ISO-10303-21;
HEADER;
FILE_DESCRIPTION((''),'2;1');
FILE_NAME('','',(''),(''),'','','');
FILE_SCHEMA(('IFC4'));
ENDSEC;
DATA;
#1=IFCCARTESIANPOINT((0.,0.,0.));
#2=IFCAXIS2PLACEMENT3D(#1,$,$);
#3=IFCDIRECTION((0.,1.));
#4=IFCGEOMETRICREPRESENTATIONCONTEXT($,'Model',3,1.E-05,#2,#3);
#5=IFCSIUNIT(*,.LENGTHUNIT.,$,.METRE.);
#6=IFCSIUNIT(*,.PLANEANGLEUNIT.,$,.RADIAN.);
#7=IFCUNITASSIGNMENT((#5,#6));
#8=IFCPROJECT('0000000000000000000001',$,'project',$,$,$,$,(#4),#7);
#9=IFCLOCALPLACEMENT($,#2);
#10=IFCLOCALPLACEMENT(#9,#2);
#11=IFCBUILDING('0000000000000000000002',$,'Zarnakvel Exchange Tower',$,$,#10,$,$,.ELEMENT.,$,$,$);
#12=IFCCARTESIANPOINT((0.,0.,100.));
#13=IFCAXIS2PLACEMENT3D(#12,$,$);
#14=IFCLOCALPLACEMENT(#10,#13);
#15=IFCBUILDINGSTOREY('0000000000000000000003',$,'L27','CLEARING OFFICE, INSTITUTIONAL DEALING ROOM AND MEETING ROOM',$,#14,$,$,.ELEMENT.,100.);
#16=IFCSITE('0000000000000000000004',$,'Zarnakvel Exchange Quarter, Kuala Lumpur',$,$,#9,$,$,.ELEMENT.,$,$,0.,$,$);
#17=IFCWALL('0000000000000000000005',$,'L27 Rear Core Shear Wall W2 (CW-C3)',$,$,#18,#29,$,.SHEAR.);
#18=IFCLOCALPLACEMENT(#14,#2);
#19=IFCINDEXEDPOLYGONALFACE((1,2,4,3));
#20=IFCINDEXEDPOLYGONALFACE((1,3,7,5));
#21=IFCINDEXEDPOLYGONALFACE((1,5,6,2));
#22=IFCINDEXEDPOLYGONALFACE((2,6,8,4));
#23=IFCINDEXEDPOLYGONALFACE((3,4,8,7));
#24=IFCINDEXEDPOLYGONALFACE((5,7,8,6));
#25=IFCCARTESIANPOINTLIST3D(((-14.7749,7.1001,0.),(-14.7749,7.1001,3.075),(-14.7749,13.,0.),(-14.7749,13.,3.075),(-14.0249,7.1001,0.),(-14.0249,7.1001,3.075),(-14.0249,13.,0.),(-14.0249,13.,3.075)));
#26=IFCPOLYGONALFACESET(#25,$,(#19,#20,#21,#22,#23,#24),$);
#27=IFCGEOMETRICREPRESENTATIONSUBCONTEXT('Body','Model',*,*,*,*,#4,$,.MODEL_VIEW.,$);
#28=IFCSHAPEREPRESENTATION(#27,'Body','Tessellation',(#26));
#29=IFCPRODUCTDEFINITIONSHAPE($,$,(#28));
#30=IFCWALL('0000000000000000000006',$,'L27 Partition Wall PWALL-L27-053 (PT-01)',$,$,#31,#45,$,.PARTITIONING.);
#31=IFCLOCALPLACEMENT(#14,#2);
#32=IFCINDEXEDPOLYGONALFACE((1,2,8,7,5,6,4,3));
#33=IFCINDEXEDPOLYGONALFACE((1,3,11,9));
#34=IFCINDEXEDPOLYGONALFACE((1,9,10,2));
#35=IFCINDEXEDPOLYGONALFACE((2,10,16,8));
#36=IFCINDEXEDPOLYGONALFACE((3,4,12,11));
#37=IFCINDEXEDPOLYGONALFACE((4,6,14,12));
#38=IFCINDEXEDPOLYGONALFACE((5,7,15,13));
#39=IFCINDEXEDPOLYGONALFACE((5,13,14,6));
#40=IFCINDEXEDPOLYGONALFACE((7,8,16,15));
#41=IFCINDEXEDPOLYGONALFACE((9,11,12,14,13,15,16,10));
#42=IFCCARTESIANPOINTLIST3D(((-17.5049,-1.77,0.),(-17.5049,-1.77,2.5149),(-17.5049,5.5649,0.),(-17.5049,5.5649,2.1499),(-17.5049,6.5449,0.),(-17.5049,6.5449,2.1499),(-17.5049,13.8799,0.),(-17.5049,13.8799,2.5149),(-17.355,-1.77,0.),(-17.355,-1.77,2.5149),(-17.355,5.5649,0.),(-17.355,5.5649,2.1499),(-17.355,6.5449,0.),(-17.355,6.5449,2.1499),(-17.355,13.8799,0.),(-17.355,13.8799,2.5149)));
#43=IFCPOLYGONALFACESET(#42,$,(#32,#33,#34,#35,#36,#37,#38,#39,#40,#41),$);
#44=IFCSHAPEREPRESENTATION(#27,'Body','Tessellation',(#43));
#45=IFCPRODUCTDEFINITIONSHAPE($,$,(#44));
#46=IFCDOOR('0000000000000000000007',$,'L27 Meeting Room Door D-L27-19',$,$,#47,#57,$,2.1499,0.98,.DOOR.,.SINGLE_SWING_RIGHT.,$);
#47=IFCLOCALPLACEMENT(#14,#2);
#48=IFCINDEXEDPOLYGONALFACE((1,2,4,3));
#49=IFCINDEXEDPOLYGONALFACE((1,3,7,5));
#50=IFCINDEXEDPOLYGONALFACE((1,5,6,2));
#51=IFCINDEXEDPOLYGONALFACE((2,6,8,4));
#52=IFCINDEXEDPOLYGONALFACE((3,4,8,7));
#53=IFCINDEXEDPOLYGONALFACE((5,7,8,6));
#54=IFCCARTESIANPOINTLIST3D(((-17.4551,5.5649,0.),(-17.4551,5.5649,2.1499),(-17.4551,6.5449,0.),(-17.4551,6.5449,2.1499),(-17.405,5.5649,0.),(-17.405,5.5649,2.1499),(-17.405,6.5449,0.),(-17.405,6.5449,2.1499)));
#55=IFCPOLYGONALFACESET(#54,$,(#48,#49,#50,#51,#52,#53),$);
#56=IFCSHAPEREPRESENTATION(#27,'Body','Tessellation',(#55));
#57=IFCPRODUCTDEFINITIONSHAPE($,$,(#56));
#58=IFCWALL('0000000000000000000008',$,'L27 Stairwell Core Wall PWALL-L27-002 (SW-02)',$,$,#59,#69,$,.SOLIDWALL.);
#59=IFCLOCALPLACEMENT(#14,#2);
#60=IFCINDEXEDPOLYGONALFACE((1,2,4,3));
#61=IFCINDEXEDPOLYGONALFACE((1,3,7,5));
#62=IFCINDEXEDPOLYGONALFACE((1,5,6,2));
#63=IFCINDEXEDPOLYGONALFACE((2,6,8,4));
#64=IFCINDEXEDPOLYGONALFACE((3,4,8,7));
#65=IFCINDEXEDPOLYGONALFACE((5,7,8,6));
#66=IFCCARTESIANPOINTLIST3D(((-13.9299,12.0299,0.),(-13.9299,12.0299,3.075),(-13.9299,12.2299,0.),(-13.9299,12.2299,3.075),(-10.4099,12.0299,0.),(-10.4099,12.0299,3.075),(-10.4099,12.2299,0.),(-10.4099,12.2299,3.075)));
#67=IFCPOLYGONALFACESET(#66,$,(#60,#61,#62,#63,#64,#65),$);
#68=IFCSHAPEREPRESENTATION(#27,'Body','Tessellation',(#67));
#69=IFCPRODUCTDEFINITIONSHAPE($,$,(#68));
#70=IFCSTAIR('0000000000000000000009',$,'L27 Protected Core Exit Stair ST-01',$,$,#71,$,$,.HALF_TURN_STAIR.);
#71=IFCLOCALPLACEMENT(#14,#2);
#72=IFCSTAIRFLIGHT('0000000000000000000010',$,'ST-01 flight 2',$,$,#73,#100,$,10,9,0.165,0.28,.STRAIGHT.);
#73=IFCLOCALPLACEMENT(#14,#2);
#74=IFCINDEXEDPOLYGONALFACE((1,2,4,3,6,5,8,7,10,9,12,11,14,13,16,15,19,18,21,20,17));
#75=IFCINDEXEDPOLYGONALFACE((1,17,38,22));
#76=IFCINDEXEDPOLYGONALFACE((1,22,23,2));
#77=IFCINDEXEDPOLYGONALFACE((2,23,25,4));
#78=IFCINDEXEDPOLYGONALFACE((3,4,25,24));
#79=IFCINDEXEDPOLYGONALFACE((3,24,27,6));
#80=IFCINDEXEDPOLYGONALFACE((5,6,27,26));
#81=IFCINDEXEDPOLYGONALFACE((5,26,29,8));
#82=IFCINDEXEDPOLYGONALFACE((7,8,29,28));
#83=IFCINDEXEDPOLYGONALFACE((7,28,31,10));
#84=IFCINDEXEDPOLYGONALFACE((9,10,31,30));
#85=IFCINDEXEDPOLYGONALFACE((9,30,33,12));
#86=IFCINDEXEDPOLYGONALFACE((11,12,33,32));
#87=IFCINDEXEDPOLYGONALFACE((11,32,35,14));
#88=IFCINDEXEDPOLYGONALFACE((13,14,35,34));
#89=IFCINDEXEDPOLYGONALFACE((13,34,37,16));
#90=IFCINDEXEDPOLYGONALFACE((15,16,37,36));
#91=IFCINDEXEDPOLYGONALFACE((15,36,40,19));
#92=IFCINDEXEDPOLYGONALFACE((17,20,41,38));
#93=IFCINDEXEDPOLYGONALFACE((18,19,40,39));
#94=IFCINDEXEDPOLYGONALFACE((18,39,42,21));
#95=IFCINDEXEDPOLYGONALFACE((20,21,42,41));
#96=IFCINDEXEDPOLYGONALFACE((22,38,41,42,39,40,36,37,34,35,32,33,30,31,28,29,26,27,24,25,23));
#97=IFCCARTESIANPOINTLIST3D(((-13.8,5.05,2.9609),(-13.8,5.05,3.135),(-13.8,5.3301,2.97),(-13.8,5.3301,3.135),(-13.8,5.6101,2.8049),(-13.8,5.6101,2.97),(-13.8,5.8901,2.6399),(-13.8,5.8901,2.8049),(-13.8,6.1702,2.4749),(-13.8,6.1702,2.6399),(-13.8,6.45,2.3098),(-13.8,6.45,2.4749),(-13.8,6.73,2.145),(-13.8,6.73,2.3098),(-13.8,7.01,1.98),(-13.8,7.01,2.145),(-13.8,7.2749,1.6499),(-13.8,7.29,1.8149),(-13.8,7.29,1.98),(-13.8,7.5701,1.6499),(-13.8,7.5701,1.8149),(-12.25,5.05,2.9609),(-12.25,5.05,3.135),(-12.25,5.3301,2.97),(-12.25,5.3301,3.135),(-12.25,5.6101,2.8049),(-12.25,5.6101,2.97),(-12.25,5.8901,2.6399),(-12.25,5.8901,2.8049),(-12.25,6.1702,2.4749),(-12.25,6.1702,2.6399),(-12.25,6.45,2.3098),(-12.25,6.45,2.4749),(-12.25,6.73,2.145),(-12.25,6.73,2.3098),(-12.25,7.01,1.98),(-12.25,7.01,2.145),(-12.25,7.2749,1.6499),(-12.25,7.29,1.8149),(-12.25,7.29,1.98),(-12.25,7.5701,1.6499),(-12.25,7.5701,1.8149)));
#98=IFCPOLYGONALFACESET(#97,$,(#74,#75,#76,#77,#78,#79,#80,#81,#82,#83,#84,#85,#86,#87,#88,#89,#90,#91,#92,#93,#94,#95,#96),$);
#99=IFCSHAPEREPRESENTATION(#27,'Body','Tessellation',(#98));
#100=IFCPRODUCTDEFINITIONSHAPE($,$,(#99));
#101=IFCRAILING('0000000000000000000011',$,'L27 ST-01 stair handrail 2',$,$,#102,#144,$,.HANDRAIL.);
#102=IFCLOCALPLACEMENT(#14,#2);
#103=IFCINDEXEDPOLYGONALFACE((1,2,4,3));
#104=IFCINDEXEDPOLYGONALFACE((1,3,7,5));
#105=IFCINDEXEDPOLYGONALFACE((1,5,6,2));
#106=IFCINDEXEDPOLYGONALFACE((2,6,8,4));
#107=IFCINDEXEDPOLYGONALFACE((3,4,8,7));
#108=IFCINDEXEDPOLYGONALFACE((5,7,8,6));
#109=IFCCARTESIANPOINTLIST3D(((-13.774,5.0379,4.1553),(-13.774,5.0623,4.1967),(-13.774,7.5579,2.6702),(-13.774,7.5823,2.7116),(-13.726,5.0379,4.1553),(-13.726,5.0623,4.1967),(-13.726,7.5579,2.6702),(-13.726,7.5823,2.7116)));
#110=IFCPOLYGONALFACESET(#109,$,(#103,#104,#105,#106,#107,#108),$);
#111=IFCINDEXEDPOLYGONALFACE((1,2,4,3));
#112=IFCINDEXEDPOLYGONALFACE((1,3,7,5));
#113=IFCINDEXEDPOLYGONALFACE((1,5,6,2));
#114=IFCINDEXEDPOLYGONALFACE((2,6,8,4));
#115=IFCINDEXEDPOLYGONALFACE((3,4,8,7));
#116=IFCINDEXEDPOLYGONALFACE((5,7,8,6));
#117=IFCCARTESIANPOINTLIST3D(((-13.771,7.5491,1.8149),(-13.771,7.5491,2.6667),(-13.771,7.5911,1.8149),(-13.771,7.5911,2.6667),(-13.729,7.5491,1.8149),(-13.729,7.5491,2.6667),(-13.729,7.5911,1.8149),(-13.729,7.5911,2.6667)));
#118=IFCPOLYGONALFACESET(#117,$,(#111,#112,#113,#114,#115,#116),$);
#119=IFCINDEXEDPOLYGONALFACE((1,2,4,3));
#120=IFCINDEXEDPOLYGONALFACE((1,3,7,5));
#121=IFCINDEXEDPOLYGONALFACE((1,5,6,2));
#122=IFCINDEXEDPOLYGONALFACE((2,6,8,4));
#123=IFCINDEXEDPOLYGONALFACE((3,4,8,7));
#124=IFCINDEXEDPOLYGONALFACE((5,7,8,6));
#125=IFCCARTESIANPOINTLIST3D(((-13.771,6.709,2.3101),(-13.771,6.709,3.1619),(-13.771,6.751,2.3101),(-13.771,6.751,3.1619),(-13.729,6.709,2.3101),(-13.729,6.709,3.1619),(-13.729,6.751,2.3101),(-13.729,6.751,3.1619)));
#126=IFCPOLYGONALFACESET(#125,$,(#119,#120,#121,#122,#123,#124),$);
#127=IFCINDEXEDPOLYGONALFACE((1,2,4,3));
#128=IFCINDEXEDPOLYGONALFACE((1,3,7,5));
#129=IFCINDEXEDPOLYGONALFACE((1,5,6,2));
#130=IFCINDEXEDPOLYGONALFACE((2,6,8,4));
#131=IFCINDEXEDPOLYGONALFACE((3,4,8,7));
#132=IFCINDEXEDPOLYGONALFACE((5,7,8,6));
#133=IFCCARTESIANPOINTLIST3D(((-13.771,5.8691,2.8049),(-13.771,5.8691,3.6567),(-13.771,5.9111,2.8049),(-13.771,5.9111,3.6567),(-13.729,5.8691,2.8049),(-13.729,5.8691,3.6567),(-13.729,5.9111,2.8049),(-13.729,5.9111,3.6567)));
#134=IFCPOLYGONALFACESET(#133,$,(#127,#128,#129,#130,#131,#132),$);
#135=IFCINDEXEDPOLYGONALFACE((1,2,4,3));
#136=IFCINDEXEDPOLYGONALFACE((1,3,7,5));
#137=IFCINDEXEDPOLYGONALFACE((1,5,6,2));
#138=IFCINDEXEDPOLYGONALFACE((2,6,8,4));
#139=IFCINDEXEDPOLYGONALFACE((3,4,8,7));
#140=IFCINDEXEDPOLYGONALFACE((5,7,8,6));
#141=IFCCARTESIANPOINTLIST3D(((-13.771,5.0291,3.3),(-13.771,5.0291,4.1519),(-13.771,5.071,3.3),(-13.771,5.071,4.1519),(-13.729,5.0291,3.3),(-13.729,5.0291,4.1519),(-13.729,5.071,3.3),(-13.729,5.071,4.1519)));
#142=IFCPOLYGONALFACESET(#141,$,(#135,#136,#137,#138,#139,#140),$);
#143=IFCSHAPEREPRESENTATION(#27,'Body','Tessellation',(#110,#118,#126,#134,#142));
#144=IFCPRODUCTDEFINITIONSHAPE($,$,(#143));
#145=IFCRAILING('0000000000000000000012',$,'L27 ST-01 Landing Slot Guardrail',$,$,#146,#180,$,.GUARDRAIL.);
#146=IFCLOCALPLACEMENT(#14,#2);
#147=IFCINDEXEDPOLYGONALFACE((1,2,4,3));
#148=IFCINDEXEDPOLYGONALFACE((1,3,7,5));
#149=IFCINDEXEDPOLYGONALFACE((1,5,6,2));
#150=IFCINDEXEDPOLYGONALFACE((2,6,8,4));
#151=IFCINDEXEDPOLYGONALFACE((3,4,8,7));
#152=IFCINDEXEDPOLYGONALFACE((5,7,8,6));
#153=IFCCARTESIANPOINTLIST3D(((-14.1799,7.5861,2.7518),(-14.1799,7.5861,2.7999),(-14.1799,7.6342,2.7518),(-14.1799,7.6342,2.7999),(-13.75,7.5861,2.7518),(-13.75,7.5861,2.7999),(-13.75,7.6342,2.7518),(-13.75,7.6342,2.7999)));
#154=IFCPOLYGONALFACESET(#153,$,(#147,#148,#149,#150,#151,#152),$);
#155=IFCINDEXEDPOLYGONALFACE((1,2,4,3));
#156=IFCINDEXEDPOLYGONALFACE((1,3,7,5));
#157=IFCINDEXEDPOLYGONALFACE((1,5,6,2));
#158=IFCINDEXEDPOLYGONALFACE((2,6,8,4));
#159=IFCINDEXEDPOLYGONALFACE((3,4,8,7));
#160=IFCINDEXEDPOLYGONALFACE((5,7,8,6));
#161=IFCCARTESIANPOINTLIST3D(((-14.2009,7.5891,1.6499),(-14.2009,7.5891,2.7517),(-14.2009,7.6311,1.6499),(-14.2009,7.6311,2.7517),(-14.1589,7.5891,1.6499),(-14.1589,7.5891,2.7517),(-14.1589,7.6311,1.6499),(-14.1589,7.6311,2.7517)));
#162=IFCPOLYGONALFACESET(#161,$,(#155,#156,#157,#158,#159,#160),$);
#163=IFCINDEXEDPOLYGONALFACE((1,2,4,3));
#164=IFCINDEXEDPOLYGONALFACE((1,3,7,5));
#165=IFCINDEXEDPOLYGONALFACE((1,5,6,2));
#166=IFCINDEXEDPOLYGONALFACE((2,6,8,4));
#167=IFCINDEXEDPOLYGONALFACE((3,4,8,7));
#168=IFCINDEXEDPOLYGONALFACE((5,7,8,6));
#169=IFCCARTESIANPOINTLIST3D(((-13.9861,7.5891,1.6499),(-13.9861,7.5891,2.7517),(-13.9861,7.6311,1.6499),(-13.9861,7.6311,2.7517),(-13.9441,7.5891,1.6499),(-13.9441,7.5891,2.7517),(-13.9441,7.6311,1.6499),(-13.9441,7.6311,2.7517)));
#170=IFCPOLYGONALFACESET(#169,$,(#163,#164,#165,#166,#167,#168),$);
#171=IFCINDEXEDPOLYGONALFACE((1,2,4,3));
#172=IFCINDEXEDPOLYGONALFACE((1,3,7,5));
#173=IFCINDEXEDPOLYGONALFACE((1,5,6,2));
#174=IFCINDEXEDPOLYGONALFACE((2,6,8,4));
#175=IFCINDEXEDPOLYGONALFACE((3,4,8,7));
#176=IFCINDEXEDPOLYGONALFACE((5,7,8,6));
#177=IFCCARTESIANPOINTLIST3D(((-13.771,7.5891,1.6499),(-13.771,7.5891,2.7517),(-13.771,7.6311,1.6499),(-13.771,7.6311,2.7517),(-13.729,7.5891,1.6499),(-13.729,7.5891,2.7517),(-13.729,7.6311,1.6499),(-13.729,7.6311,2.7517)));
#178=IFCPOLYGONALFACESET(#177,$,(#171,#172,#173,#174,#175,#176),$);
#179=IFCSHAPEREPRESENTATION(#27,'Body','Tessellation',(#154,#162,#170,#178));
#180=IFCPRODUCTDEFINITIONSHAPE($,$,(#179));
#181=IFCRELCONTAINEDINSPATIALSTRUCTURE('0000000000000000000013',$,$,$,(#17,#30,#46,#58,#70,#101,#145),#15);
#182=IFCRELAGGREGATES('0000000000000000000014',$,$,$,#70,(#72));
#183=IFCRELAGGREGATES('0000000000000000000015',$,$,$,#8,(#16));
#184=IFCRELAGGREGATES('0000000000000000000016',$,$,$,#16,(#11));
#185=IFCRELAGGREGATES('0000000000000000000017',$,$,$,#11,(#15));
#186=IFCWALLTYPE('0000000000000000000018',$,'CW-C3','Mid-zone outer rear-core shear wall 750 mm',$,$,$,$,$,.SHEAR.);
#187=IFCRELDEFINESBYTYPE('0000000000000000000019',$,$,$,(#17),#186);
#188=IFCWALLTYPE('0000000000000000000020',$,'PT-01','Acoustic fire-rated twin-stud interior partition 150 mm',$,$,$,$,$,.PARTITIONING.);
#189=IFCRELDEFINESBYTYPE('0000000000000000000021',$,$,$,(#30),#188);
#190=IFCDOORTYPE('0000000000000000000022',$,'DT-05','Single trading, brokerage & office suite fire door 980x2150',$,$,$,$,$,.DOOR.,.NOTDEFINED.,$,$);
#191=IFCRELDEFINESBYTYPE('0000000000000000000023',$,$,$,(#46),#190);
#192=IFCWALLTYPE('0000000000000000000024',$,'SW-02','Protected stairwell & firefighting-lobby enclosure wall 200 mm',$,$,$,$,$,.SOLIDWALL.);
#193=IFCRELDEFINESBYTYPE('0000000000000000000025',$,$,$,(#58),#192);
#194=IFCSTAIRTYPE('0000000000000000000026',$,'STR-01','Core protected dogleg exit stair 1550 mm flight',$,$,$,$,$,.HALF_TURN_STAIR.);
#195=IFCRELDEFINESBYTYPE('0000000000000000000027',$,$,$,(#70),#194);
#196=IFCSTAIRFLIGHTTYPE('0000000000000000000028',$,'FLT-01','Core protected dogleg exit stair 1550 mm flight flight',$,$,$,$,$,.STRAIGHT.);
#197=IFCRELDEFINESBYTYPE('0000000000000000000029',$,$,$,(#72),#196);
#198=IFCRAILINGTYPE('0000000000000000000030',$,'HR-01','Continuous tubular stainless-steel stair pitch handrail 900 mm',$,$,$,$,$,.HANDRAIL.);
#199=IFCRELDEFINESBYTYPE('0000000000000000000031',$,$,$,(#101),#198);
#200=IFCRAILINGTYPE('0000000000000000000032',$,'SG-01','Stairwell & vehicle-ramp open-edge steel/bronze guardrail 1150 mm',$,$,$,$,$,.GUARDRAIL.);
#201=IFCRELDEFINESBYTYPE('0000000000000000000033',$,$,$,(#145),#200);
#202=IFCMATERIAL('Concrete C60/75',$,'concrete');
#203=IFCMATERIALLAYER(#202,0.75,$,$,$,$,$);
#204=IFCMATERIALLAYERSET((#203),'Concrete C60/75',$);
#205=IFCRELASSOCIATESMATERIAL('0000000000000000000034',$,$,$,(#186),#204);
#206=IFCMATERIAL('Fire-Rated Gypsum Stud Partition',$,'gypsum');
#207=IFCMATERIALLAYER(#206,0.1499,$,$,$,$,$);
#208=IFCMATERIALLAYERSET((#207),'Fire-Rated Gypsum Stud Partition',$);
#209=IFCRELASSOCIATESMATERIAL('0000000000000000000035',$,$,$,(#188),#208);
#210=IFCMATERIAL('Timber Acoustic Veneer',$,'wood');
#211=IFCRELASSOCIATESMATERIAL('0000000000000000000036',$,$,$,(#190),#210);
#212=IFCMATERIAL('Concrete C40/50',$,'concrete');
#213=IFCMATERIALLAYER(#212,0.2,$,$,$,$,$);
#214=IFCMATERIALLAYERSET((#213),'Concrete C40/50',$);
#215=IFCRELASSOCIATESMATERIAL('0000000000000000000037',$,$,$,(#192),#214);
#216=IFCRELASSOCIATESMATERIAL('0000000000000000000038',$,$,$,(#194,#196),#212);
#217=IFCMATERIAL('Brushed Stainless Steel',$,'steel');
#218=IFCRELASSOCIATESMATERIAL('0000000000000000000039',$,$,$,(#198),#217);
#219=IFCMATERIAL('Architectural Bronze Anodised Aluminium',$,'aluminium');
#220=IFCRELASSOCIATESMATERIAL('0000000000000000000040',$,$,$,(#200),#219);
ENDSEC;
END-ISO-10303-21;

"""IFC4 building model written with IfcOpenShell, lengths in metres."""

from ifc_helpers import new_model, si_unit, direction, frame, frame_2d, origin, origin_2d, place, context, subcontext, project, spatial, polyline, rectangle, outline, extrude, source, transform, mapped, material, layer, layer_set, type_object, element, fill, aggregate, save


model = new_model("IFC4")

# Units and contexts
model_context = context("Model", 3, precision=1e-05, world=origin(), true_north=direction((0.0, 1.0)))
body_context = subcontext(model_context, "Body", "Model", "MODEL_VIEW")
ifc_project = project(units=[si_unit("LENGTHUNIT", "METRE"), si_unit("PLANEANGLEUNIT", "RADIAN")], contexts=[model_context])

# Site, building, storey
site_placement = place(None, origin())
site = spatial("IfcSite", under=ifc_project, at=site_placement, Name="Zarnakvel Exchange Quarter, Kuala Lumpur", CompositionType="ELEMENT", RefElevation=0.0)
building_placement = place(site_placement, origin())
building = spatial("IfcBuilding", under=site, at=building_placement, Name="Zarnakvel Exchange Tower", CompositionType="ELEMENT")
storey_placement = place(building_placement, frame((0.0, 0.0, 100.0)))
storey = spatial("IfcBuildingStorey", under=building, at=storey_placement, Name="L27", Description="CLEARING OFFICE, INSTITUTIONAL DEALING ROOM AND MEETING ROOM", CompositionType="ELEMENT", Elevation=100.0)

# Shared definitions
ifc_material_1 = material(Name="Concrete C60/75", Category="concrete")

# Shared definitions
ifc_material_2 = material(Name="Architectural Bronze Anodised Aluminium", Category="aluminium")

# Wall
ifc_layer_1 = layer(ifc_material_1, 0.75)
ifc_layer_set_1 = layer_set([ifc_layer_1], Name="Concrete C60/75")
wall_type_1 = type_object("IfcWallType", Name="CW-C3", Description="Mid-zone outer rear-core shear wall 750 mm", PredefinedType="SHEAR", material=ifc_layer_set_1)
wall_1_placement = place(storey_placement, frame((-14.3999, 7.1001, 0.0), z_axis=(0.0, 0.0, 1.0), x_axis=(0.0, 1.0, 0.0)))
element("IfcWall", 1, at=wall_1_placement, inside=storey, type_object=wall_type_1, Name="L27 Rear Core Shear Wall W2 (CW-C3)", PredefinedType="SHEAR", context=body_context, shape_type="SweptSolid", body=[
    extrude(rectangle(XDim=5.8999, YDim=0.75, at=frame_2d((2.95, 0.0))), origin(), (0.0, 0.0, 1.0), 3.075),
])

# Wall, opening, door
ifc_material_3 = material(Name="Fire-Rated Gypsum Stud Partition", Category="gypsum")
ifc_layer_2 = layer(ifc_material_3, 0.1499)
ifc_layer_set_2 = layer_set([ifc_layer_2], Name="Fire-Rated Gypsum Stud Partition")
wall_type_2 = type_object("IfcWallType", Name="PT-01", Description="Acoustic fire-rated twin-stud interior partition 150 mm", PredefinedType="PARTITIONING", material=ifc_layer_set_2)
wall_2_placement = place(storey_placement, frame((-17.4299, 13.8799, 0.0), z_axis=(0.0, 0.0, 1.0), x_axis=(0.0, -1.0, 0.0)))
wall_2 = element("IfcWall", 2, at=wall_2_placement, inside=storey, type_object=wall_type_2, Name="L27 Partition Wall PWALL-L27-053 (PT-01)", PredefinedType="PARTITIONING", context=body_context, shape_type="SweptSolid", body=[
    extrude(rectangle(XDim=15.6499, YDim=0.1499, at=frame_2d((7.825, 0.0))), origin(), (0.0, 0.0, 1.0), 2.5149),
])
opening_placement = place(wall_2_placement, frame((7.335, 0.0, 0.0)))
opening = element("IfcOpeningElement", 3, at=opening_placement, cuts=wall_2, PredefinedType="OPENING", context=body_context, shape_type="SweptSolid", body=[
    extrude(rectangle(XDim=0.98, YDim=2.1499, at=frame_2d((0.49, 1.075))), frame((0.0, 0.085, 0.0), z_axis=(0.0, -1.0, 0.0), x_axis=(1.0, 0.0, 0.0)), (0.0, 0.0, 1.0), 0.1699),
])
ifc_material_4 = material(Name="Timber Acoustic Veneer", Category="wood")
door_type = type_object("IfcDoorType", Name="DT-05", Description="Single trading, brokerage & office suite fire door 980x2150", OperationType="NOTDEFINED", PredefinedType="DOOR", material=ifc_material_4)
shared_shape_1 = source(origin(), body_context, "Body", "SweptSolid", [
    extrude(rectangle(XDim=0.98, YDim=2.1499, at=frame_2d((0.49, 1.075))), frame((0.0, 0.0249, 0.0), z_axis=(0.0, -1.0, 0.0), x_axis=(1.0, 0.0, 0.0)), (0.0, 0.0, 1.0), 0.05),
])
door_placement = place(opening_placement, origin())
door = element("IfcDoor", 4, at=door_placement, inside=storey, type_object=door_type, Name="L27 Meeting Room Door D-L27-19", OperationType="SINGLE_SWING_RIGHT", OverallHeight=2.1499, OverallWidth=0.98, PredefinedType="DOOR", context=body_context, shape_type="MappedRepresentation", body=[
    mapped(shared_shape_1, transform((0.0, 0.0, 0.0), x_axis=(1.0, 0.0, 0.0), y_axis=(0.0, 1.0, 0.0), z_axis=(0.0, 0.0, 1.0), scale=1.0)),
])
fill(opening, door)

# Wall
ifc_material_5 = material(Name="Concrete C40/50", Category="concrete")
ifc_layer_3 = layer(ifc_material_5, 0.2)
ifc_layer_set_3 = layer_set([ifc_layer_3], Name="Concrete C40/50")
wall_type_3 = type_object("IfcWallType", Name="SW-02", Description="Protected stairwell & firefighting-lobby enclosure wall 200 mm", PredefinedType="SOLIDWALL", material=ifc_layer_set_3)
wall_3_placement = place(storey_placement, frame((-13.9299, 12.1299, 0.0), z_axis=(0.0, 0.0, 1.0), x_axis=(1.0, 0.0, 0.0)))
element("IfcWall", 5, at=wall_3_placement, inside=storey, type_object=wall_type_3, Name="L27 Stairwell Core Wall PWALL-L27-002 (SW-02)", PredefinedType="SOLIDWALL", context=body_context, shape_type="SweptSolid", body=[
    extrude(rectangle(XDim=3.52, YDim=0.2, at=frame_2d((1.76, 0.0))), origin(), (0.0, 0.0, 1.0), 3.075),
])

# Stair, stair flight
stair_type = type_object("IfcStairType", Name="STR-01", Description="Core protected dogleg exit stair 1550 mm flight", PredefinedType="HALF_TURN_STAIR", material=ifc_material_5)
stair_placement = place(storey_placement, origin())
stair = element("IfcStair", 6, at=stair_placement, inside=storey, type_object=stair_type, Name="L27 Protected Core Exit Stair ST-01", PredefinedType="HALF_TURN_STAIR")
stair_flight_type = type_object("IfcStairFlightType", Name="FLT-01", Description="Core protected dogleg exit stair 1550 mm flight flight", PredefinedType="STRAIGHT", material=ifc_material_5)
stair_flight_placement = place(storey_placement, frame((-13.0249, 7.5701, 1.6499), z_axis=(0.0, 0.0, 1.0), x_axis=(0.0, -1.0, 0.0)))
stair_flight = element("IfcStairFlight", 7, at=stair_flight_placement, type_object=stair_flight_type, Name="ST-01 flight 2", NumberOfRisers=10, NumberOfTreads=9, PredefinedType="STRAIGHT", RiserHeight=0.165, TreadLength=0.28, context=body_context, shape_type="SweptSolid", body=[
    extrude(outline(polyline([(0.0, 0.0), (0.0, 0.165), (0.28, 0.165), (0.28, 0.3301), (0.5601, 0.3301), (0.5601, 0.4951), (0.8401, 0.4951), (0.8401, 0.6599), (1.1201, 0.6599), (1.1201, 0.825), (1.3999, 0.825), (1.3999, 0.99), (1.6799, 0.99), (1.6799, 1.155), (1.96, 1.155), (1.96, 1.3201), (2.24, 1.3201), (2.24, 1.4851), (2.52, 1.4851), (2.52, 1.6499), (2.52, 1.311), (0.2952, 0.0), (0.0, 0.0)])), frame((0.0, 0.7749, 0.0), z_axis=(0.0, -1.0, 0.0), x_axis=(1.0, 0.0, 0.0)), (0.0, 0.0, 1.0), 1.55),
])
aggregate(stair, [stair_flight])

# Railings
ifc_material_6 = material(Name="Brushed Stainless Steel", Category="steel")
railing_type_1 = type_object("IfcRailingType", Name="HR-01", Description="Continuous tubular stainless-steel stair pitch handrail 900 mm", PredefinedType="HANDRAIL", material=ifc_material_6)
railing_1_placement = place(storey_placement, frame((-13.75, 7.5701, 1.8149)))
element("IfcRailing", 8, at=railing_1_placement, inside=storey, type_object=railing_type_1, Name="L27 ST-01 stair handrail 2", PredefinedType="HANDRAIL", context=body_context, shape_type="SweptSolid", body=[
    extrude(rectangle(XDim=0.0481, YDim=0.0481, at=origin_2d()), frame((0.0, 0.0, 0.876), z_axis=(0.0, -0.861524, 0.507717), x_axis=(1.0, 0.0, 0.0)), (0.0, 0.0, 1.0), 2.925),
    extrude(rectangle(XDim=0.042, YDim=0.042, at=origin_2d()), origin(), (0.0, 0.0, 1.0), 0.8518),
    extrude(rectangle(XDim=0.042, YDim=0.042, at=origin_2d()), frame((0.0, -0.8401, 0.4951)), (0.0, 0.0, 1.0), 0.8518),
    extrude(rectangle(XDim=0.042, YDim=0.042, at=origin_2d()), frame((0.0, -1.6799, 0.99)), (0.0, 0.0, 1.0), 0.8518),
    extrude(rectangle(XDim=0.042, YDim=0.042, at=origin_2d()), frame((0.0, -2.52, 1.4851)), (0.0, 0.0, 1.0), 0.8518),
])
railing_type_2 = type_object("IfcRailingType", Name="SG-01", Description="Stairwell & vehicle-ramp open-edge steel/bronze guardrail 1150 mm", PredefinedType="GUARDRAIL", material=ifc_material_2)
railing_2_placement = place(storey_placement, frame((-14.1799, 7.6101, 1.6499)))
element("IfcRailing", 9, at=railing_2_placement, inside=storey, type_object=railing_type_2, Name="L27 ST-01 Landing Slot Guardrail", PredefinedType="GUARDRAIL", context=body_context, shape_type="SweptSolid", body=[
    extrude(rectangle(XDim=0.0481, YDim=0.0481, at=origin_2d()), frame((0.0, 0.0, 1.126), z_axis=(1.0, 0.0, 0.0), x_axis=(0.0, 1.0, 0.0)), (0.0, 0.0, 1.0), 0.4299),
    extrude(rectangle(XDim=0.042, YDim=0.042, at=origin_2d()), origin(), (0.0, 0.0, 1.0), 1.1018),
    extrude(rectangle(XDim=0.042, YDim=0.042, at=origin_2d()), frame((0.2148, 0.0, 0.0)), (0.0, 0.0, 1.0), 1.1018),
    extrude(rectangle(XDim=0.042, YDim=0.042, at=origin_2d()), frame((0.4299, 0.0, 0.0)), (0.0, 0.0, 1.0), 1.1018),
])

save(model, "model.ifc")
